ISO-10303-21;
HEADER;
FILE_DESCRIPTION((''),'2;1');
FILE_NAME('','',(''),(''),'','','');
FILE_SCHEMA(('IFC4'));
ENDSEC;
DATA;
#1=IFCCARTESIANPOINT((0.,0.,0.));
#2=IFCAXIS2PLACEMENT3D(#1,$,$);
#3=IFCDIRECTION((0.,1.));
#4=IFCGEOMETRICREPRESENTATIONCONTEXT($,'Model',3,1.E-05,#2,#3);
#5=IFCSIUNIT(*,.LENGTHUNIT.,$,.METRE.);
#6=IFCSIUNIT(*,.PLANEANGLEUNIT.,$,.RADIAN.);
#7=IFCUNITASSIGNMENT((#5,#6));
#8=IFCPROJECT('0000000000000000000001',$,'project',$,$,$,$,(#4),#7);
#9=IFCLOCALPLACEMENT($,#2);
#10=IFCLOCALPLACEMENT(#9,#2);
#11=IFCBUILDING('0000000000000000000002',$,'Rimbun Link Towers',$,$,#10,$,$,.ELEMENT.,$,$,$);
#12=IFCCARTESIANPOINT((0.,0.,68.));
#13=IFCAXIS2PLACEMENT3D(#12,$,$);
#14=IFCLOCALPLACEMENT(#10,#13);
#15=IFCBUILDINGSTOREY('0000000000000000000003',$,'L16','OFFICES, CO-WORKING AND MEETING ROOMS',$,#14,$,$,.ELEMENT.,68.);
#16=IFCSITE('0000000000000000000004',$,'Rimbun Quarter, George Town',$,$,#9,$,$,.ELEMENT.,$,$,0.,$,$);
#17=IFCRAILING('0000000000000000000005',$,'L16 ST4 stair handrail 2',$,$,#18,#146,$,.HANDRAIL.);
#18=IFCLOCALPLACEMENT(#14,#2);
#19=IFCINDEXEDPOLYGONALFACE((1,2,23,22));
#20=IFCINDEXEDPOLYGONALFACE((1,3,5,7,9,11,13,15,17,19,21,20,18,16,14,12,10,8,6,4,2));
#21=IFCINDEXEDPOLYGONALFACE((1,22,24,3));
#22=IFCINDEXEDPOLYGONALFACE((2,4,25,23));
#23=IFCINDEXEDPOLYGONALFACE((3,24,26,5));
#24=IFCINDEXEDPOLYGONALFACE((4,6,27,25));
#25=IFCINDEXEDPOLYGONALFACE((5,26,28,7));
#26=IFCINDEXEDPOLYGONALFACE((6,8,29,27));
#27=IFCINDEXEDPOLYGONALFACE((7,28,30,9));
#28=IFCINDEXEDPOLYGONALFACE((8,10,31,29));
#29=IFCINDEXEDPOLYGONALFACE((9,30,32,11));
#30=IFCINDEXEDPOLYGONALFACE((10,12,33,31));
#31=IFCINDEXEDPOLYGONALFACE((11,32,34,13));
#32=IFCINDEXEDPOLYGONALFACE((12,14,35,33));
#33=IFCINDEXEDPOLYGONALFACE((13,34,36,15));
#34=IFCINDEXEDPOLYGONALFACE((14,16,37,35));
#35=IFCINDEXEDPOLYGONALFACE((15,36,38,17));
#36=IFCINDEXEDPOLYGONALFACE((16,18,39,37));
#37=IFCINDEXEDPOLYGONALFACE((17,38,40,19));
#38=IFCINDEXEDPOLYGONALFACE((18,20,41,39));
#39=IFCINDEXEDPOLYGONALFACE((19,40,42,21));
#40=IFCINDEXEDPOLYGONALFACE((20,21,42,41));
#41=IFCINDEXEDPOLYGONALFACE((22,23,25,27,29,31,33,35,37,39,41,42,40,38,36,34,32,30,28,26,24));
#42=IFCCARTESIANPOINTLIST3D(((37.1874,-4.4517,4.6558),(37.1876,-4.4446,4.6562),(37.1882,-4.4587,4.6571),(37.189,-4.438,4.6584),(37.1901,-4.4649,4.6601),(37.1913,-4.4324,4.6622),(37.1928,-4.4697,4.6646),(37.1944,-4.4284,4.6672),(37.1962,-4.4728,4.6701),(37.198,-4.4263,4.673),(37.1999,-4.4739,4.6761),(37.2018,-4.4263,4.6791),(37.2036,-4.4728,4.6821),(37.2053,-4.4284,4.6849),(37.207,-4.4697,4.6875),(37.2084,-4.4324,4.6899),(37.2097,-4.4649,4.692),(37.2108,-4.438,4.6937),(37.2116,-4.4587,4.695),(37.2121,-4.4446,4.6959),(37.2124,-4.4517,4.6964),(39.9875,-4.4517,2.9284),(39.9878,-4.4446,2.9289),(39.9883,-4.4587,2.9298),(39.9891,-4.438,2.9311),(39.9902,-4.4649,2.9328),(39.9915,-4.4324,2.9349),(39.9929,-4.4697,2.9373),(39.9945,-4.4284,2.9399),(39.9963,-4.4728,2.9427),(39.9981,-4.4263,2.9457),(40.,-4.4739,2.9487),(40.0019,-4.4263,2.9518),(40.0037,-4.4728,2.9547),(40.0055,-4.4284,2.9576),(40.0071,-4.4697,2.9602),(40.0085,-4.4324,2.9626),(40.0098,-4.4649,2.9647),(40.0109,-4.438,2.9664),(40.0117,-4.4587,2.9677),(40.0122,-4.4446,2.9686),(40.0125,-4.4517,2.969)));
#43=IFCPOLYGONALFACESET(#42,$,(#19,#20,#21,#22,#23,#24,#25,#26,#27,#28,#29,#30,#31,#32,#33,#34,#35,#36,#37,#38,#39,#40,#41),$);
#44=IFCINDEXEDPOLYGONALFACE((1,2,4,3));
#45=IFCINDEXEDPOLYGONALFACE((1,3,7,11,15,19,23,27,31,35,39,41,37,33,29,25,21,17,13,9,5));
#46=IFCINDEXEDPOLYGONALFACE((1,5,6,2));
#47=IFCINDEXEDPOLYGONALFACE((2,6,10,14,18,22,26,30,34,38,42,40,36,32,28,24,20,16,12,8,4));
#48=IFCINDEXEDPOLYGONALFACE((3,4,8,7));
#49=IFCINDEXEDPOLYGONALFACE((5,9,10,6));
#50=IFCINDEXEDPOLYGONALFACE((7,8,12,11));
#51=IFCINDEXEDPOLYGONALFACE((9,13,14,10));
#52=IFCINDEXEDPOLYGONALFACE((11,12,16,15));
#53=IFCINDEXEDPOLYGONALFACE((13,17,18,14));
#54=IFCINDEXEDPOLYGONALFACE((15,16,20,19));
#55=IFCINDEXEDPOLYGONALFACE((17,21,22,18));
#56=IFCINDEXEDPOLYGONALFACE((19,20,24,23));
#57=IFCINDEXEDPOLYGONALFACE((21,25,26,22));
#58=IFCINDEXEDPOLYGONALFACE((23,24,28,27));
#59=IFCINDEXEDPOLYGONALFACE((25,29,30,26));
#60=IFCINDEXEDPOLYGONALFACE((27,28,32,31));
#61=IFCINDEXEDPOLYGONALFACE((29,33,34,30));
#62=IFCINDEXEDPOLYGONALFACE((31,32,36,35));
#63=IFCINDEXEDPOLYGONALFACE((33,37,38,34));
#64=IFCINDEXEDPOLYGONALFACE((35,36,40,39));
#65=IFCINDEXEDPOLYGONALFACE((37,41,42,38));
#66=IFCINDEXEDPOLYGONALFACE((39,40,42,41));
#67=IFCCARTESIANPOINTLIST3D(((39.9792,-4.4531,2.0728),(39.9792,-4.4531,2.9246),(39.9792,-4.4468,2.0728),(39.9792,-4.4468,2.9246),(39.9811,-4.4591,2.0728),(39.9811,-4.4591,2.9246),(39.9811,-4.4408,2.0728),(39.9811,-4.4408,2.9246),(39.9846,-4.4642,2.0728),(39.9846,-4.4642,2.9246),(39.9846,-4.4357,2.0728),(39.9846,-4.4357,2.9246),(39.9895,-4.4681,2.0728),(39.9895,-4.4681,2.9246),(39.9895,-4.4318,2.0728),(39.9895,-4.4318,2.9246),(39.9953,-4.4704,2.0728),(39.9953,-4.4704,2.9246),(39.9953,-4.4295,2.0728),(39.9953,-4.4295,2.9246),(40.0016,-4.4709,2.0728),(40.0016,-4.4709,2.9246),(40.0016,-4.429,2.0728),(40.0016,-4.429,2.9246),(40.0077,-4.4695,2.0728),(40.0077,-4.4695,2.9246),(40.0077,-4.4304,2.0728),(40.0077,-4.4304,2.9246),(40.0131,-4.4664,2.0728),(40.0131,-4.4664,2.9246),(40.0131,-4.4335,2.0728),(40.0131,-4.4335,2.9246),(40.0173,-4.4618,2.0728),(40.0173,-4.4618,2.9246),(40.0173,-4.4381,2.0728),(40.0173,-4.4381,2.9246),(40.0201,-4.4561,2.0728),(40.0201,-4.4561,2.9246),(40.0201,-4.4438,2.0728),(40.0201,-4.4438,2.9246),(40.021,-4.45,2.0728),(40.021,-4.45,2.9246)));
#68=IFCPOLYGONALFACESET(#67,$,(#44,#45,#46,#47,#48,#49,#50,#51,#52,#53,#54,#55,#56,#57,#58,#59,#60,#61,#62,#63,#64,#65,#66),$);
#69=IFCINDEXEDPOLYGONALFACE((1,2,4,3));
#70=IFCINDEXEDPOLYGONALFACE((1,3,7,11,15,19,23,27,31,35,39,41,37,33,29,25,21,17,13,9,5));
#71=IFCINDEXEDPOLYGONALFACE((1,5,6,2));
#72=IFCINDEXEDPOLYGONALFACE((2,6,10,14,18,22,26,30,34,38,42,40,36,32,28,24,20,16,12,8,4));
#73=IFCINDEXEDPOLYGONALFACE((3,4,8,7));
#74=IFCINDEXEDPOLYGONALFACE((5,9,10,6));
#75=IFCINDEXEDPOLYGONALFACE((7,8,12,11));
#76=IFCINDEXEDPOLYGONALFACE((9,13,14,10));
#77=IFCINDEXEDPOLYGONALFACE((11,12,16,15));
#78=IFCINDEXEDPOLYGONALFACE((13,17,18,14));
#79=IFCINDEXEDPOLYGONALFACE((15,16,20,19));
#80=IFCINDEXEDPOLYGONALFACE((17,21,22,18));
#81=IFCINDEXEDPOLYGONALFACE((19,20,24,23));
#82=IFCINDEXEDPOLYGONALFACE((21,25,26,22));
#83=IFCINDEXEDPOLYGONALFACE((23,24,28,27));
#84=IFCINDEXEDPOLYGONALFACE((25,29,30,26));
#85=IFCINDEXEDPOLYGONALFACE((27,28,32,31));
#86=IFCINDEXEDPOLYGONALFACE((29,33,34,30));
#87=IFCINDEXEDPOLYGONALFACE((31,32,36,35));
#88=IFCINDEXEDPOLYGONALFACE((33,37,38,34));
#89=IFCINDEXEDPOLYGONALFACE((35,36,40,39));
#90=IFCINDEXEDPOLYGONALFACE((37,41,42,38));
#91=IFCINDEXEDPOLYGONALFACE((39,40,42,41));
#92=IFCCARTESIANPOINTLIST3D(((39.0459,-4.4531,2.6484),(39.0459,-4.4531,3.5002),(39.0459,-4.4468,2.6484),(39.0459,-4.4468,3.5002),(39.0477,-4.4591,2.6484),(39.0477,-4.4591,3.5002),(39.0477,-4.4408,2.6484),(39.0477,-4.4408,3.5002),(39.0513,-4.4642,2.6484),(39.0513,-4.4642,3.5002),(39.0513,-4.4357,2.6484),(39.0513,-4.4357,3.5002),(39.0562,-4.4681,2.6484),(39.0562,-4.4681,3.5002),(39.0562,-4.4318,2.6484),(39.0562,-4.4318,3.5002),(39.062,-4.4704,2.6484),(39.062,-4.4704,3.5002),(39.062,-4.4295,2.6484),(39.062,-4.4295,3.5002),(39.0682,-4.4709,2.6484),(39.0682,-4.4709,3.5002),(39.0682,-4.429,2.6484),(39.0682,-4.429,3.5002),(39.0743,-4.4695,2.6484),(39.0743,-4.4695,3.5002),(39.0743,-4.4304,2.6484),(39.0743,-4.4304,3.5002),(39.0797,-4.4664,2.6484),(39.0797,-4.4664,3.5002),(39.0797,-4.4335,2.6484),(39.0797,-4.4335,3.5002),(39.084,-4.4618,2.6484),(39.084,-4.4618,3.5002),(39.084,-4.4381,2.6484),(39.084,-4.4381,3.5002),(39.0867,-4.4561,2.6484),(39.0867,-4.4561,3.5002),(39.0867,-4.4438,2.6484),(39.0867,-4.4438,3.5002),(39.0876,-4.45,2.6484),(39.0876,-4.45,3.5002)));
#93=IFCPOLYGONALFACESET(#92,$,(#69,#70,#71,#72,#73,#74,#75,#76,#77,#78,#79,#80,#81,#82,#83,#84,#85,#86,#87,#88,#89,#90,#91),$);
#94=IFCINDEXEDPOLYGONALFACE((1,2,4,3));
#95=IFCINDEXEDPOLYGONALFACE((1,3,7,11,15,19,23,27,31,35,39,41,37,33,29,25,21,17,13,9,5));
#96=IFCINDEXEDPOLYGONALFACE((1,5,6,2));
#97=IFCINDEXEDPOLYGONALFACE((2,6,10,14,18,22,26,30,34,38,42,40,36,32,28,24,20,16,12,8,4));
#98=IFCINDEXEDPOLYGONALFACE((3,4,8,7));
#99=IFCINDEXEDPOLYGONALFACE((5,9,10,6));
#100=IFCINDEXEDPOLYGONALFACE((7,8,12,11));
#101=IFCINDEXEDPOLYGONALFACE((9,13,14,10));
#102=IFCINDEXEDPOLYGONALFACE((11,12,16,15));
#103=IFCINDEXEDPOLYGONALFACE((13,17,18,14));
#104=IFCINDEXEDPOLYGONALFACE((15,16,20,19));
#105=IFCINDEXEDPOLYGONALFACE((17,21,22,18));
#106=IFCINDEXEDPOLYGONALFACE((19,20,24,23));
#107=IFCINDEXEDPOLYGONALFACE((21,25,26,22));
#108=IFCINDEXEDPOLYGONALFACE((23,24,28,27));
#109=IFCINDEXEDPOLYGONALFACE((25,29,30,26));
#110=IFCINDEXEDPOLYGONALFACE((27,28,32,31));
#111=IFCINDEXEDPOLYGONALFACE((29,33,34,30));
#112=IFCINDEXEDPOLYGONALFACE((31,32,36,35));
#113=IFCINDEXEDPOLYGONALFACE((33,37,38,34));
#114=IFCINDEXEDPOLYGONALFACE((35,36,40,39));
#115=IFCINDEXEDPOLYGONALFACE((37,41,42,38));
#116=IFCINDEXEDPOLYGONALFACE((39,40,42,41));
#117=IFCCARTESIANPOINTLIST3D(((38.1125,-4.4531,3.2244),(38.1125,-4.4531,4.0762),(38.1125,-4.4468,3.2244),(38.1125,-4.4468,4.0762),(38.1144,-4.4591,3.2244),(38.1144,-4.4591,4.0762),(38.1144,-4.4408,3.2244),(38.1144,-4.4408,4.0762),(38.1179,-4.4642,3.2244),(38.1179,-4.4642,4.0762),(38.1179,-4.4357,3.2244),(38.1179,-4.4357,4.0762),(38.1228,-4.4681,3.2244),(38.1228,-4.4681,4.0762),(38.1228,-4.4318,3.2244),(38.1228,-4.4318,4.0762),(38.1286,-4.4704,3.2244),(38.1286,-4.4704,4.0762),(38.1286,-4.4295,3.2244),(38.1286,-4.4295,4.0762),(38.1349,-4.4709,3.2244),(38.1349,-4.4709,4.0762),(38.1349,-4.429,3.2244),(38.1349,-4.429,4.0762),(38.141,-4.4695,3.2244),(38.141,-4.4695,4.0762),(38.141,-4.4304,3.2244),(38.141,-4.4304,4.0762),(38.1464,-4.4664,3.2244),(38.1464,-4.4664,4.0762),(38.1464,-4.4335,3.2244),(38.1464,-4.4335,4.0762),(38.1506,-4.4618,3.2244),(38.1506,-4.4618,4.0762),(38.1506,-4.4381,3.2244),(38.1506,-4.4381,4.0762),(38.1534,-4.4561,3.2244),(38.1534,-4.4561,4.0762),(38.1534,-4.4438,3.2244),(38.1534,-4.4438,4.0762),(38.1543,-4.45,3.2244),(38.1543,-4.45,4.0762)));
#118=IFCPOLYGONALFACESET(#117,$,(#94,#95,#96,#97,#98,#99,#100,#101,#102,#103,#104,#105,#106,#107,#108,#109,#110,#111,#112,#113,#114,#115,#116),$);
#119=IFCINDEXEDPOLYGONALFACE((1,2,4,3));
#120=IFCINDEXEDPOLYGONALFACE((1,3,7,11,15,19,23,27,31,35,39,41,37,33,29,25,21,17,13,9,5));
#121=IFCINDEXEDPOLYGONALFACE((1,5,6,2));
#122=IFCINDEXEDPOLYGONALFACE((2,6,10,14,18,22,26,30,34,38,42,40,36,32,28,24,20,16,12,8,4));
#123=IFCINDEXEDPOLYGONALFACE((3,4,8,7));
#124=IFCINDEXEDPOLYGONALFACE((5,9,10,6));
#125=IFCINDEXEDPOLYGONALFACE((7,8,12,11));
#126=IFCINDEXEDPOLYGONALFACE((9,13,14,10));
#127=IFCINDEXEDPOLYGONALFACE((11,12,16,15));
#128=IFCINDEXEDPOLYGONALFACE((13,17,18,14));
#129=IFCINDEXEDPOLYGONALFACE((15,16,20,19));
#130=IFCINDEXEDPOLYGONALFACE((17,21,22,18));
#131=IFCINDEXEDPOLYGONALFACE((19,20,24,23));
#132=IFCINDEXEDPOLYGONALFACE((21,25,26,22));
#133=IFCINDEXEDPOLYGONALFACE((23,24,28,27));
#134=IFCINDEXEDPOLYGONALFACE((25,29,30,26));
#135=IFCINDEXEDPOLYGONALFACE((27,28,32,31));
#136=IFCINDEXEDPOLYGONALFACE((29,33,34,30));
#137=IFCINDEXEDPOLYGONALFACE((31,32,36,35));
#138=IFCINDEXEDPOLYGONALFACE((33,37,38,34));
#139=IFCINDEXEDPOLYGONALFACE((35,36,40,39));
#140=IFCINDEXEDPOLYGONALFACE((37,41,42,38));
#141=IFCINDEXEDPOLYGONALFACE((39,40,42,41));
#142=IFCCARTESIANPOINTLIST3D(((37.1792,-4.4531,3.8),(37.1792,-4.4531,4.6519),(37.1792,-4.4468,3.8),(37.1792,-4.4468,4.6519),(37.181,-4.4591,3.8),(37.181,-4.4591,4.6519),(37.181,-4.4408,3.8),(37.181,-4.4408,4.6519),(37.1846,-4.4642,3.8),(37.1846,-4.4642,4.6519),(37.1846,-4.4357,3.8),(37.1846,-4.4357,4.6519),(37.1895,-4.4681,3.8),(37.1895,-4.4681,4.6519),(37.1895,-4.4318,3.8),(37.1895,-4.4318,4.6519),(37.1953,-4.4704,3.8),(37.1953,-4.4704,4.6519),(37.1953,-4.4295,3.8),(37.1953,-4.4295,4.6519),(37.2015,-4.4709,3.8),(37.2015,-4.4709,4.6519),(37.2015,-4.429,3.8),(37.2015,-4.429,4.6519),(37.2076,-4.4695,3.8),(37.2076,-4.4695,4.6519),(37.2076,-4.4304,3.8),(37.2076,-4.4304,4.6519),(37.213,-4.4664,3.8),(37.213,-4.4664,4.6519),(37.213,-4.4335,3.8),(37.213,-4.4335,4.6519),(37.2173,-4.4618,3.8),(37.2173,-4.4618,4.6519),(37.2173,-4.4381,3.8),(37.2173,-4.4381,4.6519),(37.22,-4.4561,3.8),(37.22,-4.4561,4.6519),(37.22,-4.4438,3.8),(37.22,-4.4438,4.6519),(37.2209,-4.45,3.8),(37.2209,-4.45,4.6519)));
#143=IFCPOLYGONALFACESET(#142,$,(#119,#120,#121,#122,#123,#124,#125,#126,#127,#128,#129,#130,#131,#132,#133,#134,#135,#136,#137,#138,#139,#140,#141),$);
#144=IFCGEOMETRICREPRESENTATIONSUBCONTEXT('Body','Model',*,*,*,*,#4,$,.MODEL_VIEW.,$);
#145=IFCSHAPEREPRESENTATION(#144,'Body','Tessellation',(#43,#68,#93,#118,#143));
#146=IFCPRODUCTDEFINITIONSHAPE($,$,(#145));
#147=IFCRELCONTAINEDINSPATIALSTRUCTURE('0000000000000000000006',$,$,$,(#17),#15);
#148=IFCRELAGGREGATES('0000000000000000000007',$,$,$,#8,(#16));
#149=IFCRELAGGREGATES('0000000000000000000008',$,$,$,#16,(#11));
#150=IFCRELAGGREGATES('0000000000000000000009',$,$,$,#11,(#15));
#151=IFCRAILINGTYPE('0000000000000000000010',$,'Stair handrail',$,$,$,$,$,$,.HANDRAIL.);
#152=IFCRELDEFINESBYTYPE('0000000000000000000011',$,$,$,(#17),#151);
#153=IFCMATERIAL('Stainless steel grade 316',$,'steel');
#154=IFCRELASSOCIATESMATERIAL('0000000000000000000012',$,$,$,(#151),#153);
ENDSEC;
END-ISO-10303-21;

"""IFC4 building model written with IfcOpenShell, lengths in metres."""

from ifc_helpers import new_model, si_unit, direction, frame, origin, origin_2d, place, context, subcontext, project, spatial, circle, extrude, material, type_object, element, save


model = new_model("IFC4")

# Units and contexts
model_context = context("Model", 3, precision=1e-05, world=origin(), true_north=direction((0.0, 1.0)))
body_context = subcontext(model_context, "Body", "Model", "MODEL_VIEW")
ifc_project = project(units=[si_unit("LENGTHUNIT", "METRE"), si_unit("PLANEANGLEUNIT", "RADIAN")], contexts=[model_context])

# Site, building, storey
site_placement = place(None, origin())
site = spatial("IfcSite", under=ifc_project, at=site_placement, Name="Rimbun Quarter, George Town", CompositionType="ELEMENT", RefElevation=0.0)
building_placement = place(site_placement, origin())
building = spatial("IfcBuilding", under=site, at=building_placement, Name="Rimbun Link Towers", CompositionType="ELEMENT")
storey_placement = place(building_placement, frame((0.0, 0.0, 68.0)))
storey = spatial("IfcBuildingStorey", under=building, at=storey_placement, Name="L16", Description="OFFICES, CO-WORKING AND MEETING ROOMS", CompositionType="ELEMENT", Elevation=68.0)

# Railing
ifc_material_1 = material(Name="Stainless steel grade 316", Category="steel")
railing_type_1 = type_object("IfcRailingType", Name="Stair handrail", PredefinedType="HANDRAIL", material=ifc_material_1)
railing_1_placement = place(storey_placement, frame((40.0, -4.45, 2.0728)))
element("IfcRailing", 1, at=railing_1_placement, inside=storey, type_object=railing_type_1, Name="L16 ST4 stair handrail 2", PredefinedType="HANDRAIL", context=body_context, shape_type="SweptSolid", body=[
    extrude(circle(Radius=0.0239, at=origin_2d()), frame((0.0, 0.0, 0.876), z_axis=(-0.85109, 0.0, 0.52502), x_axis=(0.0, -1.0, 0.0)), (0.0, 0.0, 1.0), 3.29),
    extrude(circle(Radius=0.021, at=origin_2d()), origin(), (0.0, 0.0, 1.0), 0.8518),
    extrude(circle(Radius=0.021, at=origin_2d()), frame((-0.9333, 0.0, 0.5757)), (0.0, 0.0, 1.0), 0.8518),
    extrude(circle(Radius=0.021, at=origin_2d()), frame((-1.8667, 0.0, 1.1516)), (0.0, 0.0, 1.0), 0.8518),
    extrude(circle(Radius=0.021, at=origin_2d()), frame((-2.8, 0.0, 1.7273)), (0.0, 0.0, 1.0), 0.8518),
])

save(model, "model.ifc")
